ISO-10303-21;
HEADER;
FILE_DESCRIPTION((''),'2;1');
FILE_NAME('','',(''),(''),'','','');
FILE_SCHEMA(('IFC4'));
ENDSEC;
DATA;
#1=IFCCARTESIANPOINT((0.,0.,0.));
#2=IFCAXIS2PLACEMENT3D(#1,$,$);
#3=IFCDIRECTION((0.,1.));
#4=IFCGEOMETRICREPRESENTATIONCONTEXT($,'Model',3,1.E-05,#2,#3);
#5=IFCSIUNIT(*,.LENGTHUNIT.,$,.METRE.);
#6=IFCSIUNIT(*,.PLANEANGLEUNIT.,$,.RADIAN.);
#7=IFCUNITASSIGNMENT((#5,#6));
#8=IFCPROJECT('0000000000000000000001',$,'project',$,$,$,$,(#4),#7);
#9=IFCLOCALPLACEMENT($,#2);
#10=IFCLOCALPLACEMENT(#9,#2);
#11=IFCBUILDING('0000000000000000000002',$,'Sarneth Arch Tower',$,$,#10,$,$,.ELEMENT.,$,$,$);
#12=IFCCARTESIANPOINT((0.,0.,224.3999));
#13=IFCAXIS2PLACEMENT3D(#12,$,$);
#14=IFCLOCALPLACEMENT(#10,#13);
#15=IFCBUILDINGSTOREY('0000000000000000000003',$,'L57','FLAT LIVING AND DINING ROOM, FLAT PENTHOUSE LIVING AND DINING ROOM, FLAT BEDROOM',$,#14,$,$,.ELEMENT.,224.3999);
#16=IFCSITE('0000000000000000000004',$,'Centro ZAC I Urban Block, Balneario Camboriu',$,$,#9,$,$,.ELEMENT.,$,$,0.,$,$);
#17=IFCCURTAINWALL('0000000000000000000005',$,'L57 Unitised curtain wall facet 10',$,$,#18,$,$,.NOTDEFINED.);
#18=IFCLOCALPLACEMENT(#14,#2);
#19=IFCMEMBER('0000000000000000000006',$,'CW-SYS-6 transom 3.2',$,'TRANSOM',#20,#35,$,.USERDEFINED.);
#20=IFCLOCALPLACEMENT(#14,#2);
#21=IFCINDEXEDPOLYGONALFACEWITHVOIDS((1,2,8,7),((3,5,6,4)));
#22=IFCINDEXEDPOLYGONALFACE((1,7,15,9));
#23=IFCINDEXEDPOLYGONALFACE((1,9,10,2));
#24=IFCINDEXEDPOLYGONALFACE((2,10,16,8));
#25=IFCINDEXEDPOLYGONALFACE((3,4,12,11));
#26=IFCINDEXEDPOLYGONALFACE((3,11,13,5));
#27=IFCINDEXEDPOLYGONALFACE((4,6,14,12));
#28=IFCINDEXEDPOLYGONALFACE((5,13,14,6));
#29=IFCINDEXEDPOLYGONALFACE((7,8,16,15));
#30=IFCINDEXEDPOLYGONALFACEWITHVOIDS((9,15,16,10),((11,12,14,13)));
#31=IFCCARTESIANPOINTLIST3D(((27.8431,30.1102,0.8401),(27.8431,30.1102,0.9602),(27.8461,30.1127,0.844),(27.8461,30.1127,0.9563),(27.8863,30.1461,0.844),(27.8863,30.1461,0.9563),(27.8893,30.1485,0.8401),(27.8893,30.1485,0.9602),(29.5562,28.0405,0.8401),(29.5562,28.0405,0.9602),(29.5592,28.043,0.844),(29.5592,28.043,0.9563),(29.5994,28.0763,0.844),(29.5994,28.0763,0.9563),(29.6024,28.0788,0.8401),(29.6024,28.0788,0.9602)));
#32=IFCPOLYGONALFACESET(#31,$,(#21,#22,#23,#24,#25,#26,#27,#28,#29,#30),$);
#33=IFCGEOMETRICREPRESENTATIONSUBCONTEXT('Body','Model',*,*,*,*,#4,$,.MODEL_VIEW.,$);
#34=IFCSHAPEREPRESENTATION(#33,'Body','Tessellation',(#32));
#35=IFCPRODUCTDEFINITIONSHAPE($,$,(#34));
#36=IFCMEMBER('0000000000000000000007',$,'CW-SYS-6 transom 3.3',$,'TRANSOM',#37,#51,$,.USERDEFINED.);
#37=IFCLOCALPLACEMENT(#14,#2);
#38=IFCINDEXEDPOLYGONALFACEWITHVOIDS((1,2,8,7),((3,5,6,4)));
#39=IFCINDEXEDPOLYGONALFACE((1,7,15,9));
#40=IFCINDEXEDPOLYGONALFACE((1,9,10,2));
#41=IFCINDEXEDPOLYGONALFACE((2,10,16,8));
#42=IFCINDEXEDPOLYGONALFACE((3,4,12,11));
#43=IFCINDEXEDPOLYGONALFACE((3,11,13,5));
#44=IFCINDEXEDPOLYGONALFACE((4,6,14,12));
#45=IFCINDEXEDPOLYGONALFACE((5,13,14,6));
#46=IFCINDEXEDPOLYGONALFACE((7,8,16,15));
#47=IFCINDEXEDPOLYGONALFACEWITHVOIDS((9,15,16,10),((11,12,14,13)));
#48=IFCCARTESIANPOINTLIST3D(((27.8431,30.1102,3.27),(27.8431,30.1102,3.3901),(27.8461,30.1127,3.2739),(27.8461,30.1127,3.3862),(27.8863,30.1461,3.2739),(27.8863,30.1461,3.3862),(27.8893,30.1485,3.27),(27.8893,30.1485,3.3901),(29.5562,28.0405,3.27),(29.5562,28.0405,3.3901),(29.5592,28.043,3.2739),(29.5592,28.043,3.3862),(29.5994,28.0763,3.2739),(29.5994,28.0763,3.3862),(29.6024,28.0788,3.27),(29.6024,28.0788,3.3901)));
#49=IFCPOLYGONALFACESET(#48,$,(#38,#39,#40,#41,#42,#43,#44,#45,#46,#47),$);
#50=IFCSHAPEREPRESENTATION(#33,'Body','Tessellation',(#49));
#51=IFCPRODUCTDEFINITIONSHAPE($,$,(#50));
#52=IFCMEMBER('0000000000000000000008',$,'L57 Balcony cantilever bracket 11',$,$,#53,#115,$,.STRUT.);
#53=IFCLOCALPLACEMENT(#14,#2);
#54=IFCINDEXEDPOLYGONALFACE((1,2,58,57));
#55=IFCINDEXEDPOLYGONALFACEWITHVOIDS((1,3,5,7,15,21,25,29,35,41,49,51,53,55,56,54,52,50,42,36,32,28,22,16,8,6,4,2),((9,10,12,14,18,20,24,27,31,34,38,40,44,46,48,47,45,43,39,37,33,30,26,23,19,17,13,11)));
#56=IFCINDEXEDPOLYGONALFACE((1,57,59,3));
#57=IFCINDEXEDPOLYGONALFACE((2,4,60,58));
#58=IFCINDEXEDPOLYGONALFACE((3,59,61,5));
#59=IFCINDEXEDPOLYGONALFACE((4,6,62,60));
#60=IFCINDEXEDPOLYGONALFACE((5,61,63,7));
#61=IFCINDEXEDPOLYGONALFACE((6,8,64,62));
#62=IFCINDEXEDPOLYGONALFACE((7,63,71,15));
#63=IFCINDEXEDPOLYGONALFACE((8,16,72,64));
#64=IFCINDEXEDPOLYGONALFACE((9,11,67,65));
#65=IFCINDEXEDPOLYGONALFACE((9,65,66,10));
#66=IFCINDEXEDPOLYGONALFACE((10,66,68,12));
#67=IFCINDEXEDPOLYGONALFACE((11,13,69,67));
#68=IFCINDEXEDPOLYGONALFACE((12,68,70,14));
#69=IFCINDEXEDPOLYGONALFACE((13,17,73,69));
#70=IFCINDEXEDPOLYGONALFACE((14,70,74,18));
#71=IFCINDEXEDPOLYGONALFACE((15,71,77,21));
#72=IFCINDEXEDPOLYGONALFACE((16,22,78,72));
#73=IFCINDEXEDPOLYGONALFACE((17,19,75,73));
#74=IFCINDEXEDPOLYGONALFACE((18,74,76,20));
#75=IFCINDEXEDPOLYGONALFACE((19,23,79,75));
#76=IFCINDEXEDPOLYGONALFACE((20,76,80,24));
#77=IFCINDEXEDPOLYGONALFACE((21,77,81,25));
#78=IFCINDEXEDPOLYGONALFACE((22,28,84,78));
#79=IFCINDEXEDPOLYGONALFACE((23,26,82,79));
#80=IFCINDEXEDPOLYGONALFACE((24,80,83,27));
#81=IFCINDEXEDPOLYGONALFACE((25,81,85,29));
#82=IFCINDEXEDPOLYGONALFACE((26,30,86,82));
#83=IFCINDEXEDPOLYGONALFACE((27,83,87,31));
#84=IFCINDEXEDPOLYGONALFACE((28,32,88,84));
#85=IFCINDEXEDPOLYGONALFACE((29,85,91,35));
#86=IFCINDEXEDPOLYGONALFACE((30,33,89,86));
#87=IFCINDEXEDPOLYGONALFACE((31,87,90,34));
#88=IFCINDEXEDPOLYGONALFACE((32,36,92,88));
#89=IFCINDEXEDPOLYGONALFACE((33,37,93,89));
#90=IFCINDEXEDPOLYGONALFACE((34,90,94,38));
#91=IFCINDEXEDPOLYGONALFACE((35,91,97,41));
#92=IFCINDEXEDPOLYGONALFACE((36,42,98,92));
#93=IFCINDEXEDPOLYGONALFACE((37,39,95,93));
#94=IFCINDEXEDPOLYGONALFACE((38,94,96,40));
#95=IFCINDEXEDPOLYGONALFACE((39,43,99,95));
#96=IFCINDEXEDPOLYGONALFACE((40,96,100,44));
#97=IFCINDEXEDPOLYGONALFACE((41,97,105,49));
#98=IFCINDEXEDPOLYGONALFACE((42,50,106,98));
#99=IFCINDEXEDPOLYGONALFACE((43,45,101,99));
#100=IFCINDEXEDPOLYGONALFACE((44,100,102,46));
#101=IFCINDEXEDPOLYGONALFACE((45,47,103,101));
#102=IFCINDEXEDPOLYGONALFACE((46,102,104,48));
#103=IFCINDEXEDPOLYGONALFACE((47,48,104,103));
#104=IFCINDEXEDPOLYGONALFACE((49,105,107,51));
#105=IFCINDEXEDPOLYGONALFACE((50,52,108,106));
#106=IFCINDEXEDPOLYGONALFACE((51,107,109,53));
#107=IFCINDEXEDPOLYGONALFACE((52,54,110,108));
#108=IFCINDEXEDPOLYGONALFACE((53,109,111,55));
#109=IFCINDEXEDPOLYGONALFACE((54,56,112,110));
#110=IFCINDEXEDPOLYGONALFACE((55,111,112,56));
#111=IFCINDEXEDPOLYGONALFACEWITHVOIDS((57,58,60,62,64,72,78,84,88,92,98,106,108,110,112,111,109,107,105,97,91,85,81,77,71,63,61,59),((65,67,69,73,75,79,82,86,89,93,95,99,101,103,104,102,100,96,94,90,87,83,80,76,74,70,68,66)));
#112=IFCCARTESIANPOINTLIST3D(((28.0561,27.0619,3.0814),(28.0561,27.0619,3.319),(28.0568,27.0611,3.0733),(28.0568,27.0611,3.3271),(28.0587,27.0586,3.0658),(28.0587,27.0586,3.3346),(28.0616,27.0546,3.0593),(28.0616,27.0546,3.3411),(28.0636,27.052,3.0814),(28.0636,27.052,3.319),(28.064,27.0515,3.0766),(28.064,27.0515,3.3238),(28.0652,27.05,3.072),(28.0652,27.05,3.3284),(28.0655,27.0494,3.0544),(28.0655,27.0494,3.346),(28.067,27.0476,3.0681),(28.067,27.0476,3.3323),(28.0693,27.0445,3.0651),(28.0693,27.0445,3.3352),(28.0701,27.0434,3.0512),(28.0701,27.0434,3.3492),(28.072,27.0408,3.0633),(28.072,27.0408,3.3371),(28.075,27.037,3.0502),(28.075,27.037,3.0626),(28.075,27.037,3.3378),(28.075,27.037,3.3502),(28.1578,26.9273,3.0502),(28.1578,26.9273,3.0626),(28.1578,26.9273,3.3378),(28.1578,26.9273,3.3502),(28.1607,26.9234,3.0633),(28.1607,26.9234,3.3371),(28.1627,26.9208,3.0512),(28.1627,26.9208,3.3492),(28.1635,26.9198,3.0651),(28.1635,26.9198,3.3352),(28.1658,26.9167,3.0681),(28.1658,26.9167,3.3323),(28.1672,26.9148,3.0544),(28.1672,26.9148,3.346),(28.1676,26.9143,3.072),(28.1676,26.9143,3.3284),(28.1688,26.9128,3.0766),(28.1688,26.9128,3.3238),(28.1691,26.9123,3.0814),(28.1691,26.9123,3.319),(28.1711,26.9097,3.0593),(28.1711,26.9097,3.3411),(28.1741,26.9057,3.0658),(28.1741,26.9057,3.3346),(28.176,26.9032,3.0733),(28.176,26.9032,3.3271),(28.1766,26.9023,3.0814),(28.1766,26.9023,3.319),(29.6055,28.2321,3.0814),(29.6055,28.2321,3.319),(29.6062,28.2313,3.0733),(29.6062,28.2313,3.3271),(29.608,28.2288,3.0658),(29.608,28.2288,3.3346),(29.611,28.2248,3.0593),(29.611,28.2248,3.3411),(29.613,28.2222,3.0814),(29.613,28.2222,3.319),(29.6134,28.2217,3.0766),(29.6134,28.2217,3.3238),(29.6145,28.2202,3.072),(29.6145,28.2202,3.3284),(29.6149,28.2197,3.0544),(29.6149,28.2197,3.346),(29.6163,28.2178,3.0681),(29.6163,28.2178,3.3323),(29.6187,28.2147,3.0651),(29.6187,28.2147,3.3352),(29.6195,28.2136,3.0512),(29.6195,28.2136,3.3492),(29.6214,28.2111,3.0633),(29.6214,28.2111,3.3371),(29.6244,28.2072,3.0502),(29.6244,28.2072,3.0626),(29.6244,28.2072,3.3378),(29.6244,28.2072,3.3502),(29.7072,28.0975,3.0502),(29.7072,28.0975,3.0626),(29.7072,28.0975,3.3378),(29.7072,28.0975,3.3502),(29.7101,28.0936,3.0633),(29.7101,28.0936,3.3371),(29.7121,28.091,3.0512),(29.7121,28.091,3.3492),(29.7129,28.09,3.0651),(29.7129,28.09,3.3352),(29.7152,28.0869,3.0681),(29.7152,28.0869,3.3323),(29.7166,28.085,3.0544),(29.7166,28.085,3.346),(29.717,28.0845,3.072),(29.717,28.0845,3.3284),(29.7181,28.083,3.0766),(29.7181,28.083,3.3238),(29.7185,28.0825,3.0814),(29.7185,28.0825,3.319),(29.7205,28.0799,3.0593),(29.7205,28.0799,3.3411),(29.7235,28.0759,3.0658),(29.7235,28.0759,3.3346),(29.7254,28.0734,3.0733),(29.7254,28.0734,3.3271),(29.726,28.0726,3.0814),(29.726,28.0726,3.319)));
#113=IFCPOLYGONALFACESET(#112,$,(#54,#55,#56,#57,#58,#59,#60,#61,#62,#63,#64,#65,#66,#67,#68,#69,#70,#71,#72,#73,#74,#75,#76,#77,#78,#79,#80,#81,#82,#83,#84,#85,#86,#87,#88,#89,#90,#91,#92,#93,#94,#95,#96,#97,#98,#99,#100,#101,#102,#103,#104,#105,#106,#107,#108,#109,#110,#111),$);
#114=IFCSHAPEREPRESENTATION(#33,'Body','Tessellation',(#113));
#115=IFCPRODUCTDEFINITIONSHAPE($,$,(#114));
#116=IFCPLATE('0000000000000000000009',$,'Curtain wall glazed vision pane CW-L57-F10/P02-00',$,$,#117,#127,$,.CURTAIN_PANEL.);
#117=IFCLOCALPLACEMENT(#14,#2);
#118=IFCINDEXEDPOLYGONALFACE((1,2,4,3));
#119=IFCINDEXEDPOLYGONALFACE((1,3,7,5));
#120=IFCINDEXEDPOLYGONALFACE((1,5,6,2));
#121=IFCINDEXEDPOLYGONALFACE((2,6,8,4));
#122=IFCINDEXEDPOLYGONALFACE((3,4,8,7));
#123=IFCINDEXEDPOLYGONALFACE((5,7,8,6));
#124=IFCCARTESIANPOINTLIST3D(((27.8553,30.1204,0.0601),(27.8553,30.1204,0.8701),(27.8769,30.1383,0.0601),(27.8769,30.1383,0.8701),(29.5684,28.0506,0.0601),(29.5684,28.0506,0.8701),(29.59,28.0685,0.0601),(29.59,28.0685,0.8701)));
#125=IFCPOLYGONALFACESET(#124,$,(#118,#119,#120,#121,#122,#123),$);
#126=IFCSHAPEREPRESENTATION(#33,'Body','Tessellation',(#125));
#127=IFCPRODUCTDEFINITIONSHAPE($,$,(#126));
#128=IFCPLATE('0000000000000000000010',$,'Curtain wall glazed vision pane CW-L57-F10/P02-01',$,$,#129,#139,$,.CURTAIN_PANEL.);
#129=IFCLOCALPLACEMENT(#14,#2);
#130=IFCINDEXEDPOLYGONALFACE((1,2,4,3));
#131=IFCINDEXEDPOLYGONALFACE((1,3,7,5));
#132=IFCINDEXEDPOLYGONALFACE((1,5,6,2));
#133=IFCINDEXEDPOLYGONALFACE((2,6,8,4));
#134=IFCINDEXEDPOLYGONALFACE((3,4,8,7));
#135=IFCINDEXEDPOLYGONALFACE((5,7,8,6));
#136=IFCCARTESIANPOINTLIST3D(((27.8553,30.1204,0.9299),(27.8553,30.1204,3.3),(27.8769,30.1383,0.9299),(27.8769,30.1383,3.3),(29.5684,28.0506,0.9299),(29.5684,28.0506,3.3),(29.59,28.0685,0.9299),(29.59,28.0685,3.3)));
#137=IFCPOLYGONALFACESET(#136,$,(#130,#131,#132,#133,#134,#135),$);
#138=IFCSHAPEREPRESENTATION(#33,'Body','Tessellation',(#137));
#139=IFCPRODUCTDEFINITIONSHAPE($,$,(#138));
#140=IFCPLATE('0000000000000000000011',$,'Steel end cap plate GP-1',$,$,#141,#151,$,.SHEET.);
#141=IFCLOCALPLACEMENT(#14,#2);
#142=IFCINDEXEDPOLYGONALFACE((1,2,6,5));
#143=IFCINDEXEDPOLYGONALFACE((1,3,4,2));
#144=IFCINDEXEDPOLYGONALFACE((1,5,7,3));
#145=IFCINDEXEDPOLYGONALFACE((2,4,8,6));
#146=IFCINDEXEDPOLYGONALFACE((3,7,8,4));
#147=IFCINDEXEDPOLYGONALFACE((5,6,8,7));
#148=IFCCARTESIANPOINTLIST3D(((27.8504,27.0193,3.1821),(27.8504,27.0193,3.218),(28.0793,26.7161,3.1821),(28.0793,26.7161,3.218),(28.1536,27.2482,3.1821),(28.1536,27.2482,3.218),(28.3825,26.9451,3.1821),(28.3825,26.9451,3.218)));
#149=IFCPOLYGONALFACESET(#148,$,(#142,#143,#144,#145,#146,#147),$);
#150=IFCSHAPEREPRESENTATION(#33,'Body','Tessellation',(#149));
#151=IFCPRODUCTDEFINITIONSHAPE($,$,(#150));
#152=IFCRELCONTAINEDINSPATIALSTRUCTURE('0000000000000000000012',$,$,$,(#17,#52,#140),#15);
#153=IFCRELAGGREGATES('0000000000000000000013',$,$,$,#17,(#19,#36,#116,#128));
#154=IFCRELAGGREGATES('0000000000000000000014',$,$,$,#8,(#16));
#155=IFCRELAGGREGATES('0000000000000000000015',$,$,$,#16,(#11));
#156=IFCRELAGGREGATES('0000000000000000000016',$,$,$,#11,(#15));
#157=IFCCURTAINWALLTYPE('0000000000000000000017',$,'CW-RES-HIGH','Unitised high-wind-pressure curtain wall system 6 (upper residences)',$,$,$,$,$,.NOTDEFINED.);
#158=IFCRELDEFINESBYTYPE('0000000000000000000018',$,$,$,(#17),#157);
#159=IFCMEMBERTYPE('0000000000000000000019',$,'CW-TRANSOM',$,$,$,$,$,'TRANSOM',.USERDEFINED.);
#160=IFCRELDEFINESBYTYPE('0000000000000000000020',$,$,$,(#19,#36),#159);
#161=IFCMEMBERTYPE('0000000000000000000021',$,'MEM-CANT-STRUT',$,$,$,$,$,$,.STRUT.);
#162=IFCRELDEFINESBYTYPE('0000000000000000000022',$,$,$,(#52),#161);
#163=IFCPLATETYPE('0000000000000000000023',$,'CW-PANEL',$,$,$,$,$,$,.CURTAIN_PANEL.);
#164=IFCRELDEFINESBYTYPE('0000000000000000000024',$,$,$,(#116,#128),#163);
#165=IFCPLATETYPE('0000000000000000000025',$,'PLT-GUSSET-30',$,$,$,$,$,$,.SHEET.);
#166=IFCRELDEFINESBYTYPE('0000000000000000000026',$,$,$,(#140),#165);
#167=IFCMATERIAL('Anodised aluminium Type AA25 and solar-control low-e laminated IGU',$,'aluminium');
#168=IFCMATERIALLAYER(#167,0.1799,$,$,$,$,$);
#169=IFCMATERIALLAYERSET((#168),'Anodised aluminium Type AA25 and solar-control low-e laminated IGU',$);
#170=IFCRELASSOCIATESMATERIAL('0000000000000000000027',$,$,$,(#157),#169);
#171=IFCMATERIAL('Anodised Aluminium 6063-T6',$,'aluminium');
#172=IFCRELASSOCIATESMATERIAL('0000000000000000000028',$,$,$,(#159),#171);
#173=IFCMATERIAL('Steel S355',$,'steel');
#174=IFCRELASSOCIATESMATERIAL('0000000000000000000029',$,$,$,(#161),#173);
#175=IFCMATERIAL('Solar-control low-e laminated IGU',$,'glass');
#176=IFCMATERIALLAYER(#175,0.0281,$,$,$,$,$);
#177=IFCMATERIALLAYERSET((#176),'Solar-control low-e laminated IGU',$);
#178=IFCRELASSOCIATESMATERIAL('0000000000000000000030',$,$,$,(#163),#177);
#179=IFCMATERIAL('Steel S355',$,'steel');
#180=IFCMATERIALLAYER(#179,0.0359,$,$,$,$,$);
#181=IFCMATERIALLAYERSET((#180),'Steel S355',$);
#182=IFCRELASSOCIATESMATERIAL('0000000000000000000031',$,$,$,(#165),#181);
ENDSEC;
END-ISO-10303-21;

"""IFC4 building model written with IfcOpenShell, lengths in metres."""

from ifc_helpers import new_model, si_unit, direction, frame, origin, origin_2d, place, context, subcontext, project, spatial, rectangle, hollow_rectangle, extrude, material, layer, layer_set, material_profile, profile_set, type_object, element, aggregate, save


model = new_model("IFC4")

# Units and contexts
model_context = context("Model", 3, precision=1e-05, world=origin(), true_north=direction((0.0, 1.0)))
body_context = subcontext(model_context, "Body", "Model", "MODEL_VIEW")
ifc_project = project(units=[si_unit("LENGTHUNIT", "METRE"), si_unit("PLANEANGLEUNIT", "RADIAN")], contexts=[model_context])

# Site, building, storey
site_placement = place(None, origin())
site = spatial("IfcSite", under=ifc_project, at=site_placement, Name="Centro ZAC I Urban Block, Balneario Camboriu", CompositionType="ELEMENT", RefElevation=0.0)
building_placement = place(site_placement, origin())
building = spatial("IfcBuilding", under=site, at=building_placement, Name="Sarneth Arch Tower", CompositionType="ELEMENT")
storey_placement = place(building_placement, frame((0.0, 0.0, 224.3999)))
storey = spatial("IfcBuildingStorey", under=building, at=storey_placement, Name="L57", Description="FLAT LIVING AND DINING ROOM, FLAT PENTHOUSE LIVING AND DINING ROOM, FLAT BEDROOM", CompositionType="ELEMENT", Elevation=224.3999)

# Curtain wall, members
ifc_material_1 = material(Name="Anodised aluminium Type AA25 and solar-control low-e laminated IGU", Category="aluminium")
ifc_layer_1 = layer(ifc_material_1, 0.1799)
ifc_layer_set_1 = layer_set([ifc_layer_1], Name="Anodised aluminium Type AA25 and solar-control low-e laminated IGU")
curtain_wall_type = type_object("IfcCurtainWallType", Name="CW-RES-HIGH", Description="Unitised high-wind-pressure curtain wall system 6 (upper residences)", PredefinedType="NOTDEFINED", material=ifc_layer_set_1)
curtain_wall_placement = place(storey_placement, origin())
curtain_wall = element("IfcCurtainWall", 1, at=curtain_wall_placement, inside=storey, type_object=curtain_wall_type, Name="L57 Unitised curtain wall facet 10", PredefinedType="NOTDEFINED")
ifc_material_2 = material(Name="Anodised Aluminium 6063-T6", Category="aluminium")
ifc_material_profile_1 = material_profile(ifc_material_2, hollow_rectangle(XDim=0.0601, YDim=0.1201, WallThickness=0.0039, at=origin_2d()), Name="AL-TRAN-120x60x4")
ifc_profile_set_1 = profile_set([ifc_material_profile_1], Name="Anodised Aluminium 6063-T6")
member_type_1 = type_object("IfcMemberType", Name="CW-TRANSOM", ElementType="TRANSOM", PredefinedType="USERDEFINED", material=ifc_profile_set_1)
member_1_placement = place(storey_placement, frame((27.8662, 30.1294, 0.9001), z_axis=(0.637607, -0.770362, 0.0), x_axis=(0.770362, 0.637607, 0.0)))
member_1 = element("IfcMember", 2, at=member_1_placement, type_object=member_type_1, Name="CW-SYS-6 transom 3.2", ObjectType="TRANSOM", PredefinedType="USERDEFINED", context=body_context, shape_type="SweptSolid", body=[
    extrude(hollow_rectangle(XDim=0.0601, YDim=0.1201, WallThickness=0.0039, at=origin_2d()), origin(), (0.0, 0.0, 1.0), 2.6868),
])
member_2_placement = place(storey_placement, frame((27.8662, 30.1294, 3.3301), z_axis=(0.637607, -0.770362, 0.0), x_axis=(0.770362, 0.637607, 0.0)))
member_2 = element("IfcMember", 3, at=member_2_placement, type_object=member_type_1, Name="CW-SYS-6 transom 3.3", ObjectType="TRANSOM", PredefinedType="USERDEFINED", context=body_context, shape_type="SweptSolid", body=[
    extrude(hollow_rectangle(XDim=0.0601, YDim=0.1201, WallThickness=0.0039, at=origin_2d()), origin(), (0.0, 0.0, 1.0), 2.6868),
])

# Member
ifc_material_3 = material(Name="Steel S355", Category="steel")
ifc_material_profile_2 = material_profile(ifc_material_3, hollow_rectangle(XDim=0.2, YDim=0.3, WallThickness=0.0125, InnerFilletRadius=0.0188, OuterFilletRadius=0.0312, at=origin_2d()), Name="RHS300x200x12.5")
ifc_profile_set_2 = profile_set([ifc_material_profile_2], Name="Steel S355")
member_type_2 = type_object("IfcMemberType", Name="MEM-CANT-STRUT", PredefinedType="STRUT", material=ifc_profile_set_2)
member_3_placement = place(storey_placement, frame((29.6658, 28.1523, 3.2002), z_axis=(-0.797973, -0.602693, 0.0), x_axis=(0.602693, -0.797973, 0.0)))
element("IfcMember", 4, at=member_3_placement, inside=storey, type_object=member_type_2, Name="L57 Balcony cantilever bracket 11", PredefinedType="STRUT", context=body_context, shape_type="SweptSolid", body=[
    extrude(hollow_rectangle(XDim=0.2, YDim=0.3, WallThickness=0.0125, InnerFilletRadius=0.0188, OuterFilletRadius=0.0312, at=origin_2d()), origin(), (0.0, 0.0, 1.0), 1.9417),
])

# Plates
ifc_material_4 = material(Name="Solar-control low-e laminated IGU", Category="glass")
ifc_layer_2 = layer(ifc_material_4, 0.0281)
ifc_layer_set_2 = layer_set([ifc_layer_2], Name="Solar-control low-e laminated IGU")
plate_type_1 = type_object("IfcPlateType", Name="CW-PANEL", PredefinedType="CURTAIN_PANEL", material=ifc_layer_set_2)
plate_1_placement = place(storey_placement, frame((28.7227, 29.0945, 0.0601), z_axis=(0.0, 0.0, 1.0), x_axis=(0.63761, -0.770359, 0.0)))
plate_1 = element("IfcPlate", 5, at=plate_1_placement, type_object=plate_type_1, Name="Curtain wall glazed vision pane CW-L57-F10/P02-00", PredefinedType="CURTAIN_PANEL", context=body_context, shape_type="SweptSolid", body=[
    extrude(rectangle(XDim=2.6868, YDim=0.0281, at=origin_2d()), origin(), (0.0, 0.0, 1.0), 0.8101),
])
plate_2_placement = place(storey_placement, frame((28.7227, 29.0945, 0.9299), z_axis=(0.0, 0.0, 1.0), x_axis=(0.63761, -0.770359, 0.0)))
plate_2 = element("IfcPlate", 6, at=plate_2_placement, type_object=plate_type_1, Name="Curtain wall glazed vision pane CW-L57-F10/P02-01", PredefinedType="CURTAIN_PANEL", context=body_context, shape_type="SweptSolid", body=[
    extrude(rectangle(XDim=2.6868, YDim=0.0281, at=origin_2d()), origin(), (0.0, 0.0, 1.0), 2.3701),
])
aggregate(curtain_wall, [member_1, member_2, plate_1, plate_2])
ifc_material_5 = material(Name="Steel S355", Category="steel")
ifc_layer_3 = layer(ifc_material_5, 0.0359)
ifc_layer_set_3 = layer_set([ifc_layer_3], Name="Steel S355")
plate_type_2 = type_object("IfcPlateType", Name="PLT-GUSSET-30", PredefinedType="SHEET", material=ifc_layer_set_3)
plate_3_placement = place(storey_placement, frame((28.1165, 26.9822, 3.1821), z_axis=(0.0, 0.0, 1.0), x_axis=(-0.798005, -0.602651, 0.0)))
element("IfcPlate", 7, at=plate_3_placement, inside=storey, type_object=plate_type_2, Name="Steel end cap plate GP-1", PredefinedType="SHEET", context=body_context, shape_type="SweptSolid", body=[
    extrude(rectangle(XDim=0.3799, YDim=0.3799, at=origin_2d()), origin(), (0.0, 0.0, 1.0), 0.0359),
])

save(model, "model.ifc")
